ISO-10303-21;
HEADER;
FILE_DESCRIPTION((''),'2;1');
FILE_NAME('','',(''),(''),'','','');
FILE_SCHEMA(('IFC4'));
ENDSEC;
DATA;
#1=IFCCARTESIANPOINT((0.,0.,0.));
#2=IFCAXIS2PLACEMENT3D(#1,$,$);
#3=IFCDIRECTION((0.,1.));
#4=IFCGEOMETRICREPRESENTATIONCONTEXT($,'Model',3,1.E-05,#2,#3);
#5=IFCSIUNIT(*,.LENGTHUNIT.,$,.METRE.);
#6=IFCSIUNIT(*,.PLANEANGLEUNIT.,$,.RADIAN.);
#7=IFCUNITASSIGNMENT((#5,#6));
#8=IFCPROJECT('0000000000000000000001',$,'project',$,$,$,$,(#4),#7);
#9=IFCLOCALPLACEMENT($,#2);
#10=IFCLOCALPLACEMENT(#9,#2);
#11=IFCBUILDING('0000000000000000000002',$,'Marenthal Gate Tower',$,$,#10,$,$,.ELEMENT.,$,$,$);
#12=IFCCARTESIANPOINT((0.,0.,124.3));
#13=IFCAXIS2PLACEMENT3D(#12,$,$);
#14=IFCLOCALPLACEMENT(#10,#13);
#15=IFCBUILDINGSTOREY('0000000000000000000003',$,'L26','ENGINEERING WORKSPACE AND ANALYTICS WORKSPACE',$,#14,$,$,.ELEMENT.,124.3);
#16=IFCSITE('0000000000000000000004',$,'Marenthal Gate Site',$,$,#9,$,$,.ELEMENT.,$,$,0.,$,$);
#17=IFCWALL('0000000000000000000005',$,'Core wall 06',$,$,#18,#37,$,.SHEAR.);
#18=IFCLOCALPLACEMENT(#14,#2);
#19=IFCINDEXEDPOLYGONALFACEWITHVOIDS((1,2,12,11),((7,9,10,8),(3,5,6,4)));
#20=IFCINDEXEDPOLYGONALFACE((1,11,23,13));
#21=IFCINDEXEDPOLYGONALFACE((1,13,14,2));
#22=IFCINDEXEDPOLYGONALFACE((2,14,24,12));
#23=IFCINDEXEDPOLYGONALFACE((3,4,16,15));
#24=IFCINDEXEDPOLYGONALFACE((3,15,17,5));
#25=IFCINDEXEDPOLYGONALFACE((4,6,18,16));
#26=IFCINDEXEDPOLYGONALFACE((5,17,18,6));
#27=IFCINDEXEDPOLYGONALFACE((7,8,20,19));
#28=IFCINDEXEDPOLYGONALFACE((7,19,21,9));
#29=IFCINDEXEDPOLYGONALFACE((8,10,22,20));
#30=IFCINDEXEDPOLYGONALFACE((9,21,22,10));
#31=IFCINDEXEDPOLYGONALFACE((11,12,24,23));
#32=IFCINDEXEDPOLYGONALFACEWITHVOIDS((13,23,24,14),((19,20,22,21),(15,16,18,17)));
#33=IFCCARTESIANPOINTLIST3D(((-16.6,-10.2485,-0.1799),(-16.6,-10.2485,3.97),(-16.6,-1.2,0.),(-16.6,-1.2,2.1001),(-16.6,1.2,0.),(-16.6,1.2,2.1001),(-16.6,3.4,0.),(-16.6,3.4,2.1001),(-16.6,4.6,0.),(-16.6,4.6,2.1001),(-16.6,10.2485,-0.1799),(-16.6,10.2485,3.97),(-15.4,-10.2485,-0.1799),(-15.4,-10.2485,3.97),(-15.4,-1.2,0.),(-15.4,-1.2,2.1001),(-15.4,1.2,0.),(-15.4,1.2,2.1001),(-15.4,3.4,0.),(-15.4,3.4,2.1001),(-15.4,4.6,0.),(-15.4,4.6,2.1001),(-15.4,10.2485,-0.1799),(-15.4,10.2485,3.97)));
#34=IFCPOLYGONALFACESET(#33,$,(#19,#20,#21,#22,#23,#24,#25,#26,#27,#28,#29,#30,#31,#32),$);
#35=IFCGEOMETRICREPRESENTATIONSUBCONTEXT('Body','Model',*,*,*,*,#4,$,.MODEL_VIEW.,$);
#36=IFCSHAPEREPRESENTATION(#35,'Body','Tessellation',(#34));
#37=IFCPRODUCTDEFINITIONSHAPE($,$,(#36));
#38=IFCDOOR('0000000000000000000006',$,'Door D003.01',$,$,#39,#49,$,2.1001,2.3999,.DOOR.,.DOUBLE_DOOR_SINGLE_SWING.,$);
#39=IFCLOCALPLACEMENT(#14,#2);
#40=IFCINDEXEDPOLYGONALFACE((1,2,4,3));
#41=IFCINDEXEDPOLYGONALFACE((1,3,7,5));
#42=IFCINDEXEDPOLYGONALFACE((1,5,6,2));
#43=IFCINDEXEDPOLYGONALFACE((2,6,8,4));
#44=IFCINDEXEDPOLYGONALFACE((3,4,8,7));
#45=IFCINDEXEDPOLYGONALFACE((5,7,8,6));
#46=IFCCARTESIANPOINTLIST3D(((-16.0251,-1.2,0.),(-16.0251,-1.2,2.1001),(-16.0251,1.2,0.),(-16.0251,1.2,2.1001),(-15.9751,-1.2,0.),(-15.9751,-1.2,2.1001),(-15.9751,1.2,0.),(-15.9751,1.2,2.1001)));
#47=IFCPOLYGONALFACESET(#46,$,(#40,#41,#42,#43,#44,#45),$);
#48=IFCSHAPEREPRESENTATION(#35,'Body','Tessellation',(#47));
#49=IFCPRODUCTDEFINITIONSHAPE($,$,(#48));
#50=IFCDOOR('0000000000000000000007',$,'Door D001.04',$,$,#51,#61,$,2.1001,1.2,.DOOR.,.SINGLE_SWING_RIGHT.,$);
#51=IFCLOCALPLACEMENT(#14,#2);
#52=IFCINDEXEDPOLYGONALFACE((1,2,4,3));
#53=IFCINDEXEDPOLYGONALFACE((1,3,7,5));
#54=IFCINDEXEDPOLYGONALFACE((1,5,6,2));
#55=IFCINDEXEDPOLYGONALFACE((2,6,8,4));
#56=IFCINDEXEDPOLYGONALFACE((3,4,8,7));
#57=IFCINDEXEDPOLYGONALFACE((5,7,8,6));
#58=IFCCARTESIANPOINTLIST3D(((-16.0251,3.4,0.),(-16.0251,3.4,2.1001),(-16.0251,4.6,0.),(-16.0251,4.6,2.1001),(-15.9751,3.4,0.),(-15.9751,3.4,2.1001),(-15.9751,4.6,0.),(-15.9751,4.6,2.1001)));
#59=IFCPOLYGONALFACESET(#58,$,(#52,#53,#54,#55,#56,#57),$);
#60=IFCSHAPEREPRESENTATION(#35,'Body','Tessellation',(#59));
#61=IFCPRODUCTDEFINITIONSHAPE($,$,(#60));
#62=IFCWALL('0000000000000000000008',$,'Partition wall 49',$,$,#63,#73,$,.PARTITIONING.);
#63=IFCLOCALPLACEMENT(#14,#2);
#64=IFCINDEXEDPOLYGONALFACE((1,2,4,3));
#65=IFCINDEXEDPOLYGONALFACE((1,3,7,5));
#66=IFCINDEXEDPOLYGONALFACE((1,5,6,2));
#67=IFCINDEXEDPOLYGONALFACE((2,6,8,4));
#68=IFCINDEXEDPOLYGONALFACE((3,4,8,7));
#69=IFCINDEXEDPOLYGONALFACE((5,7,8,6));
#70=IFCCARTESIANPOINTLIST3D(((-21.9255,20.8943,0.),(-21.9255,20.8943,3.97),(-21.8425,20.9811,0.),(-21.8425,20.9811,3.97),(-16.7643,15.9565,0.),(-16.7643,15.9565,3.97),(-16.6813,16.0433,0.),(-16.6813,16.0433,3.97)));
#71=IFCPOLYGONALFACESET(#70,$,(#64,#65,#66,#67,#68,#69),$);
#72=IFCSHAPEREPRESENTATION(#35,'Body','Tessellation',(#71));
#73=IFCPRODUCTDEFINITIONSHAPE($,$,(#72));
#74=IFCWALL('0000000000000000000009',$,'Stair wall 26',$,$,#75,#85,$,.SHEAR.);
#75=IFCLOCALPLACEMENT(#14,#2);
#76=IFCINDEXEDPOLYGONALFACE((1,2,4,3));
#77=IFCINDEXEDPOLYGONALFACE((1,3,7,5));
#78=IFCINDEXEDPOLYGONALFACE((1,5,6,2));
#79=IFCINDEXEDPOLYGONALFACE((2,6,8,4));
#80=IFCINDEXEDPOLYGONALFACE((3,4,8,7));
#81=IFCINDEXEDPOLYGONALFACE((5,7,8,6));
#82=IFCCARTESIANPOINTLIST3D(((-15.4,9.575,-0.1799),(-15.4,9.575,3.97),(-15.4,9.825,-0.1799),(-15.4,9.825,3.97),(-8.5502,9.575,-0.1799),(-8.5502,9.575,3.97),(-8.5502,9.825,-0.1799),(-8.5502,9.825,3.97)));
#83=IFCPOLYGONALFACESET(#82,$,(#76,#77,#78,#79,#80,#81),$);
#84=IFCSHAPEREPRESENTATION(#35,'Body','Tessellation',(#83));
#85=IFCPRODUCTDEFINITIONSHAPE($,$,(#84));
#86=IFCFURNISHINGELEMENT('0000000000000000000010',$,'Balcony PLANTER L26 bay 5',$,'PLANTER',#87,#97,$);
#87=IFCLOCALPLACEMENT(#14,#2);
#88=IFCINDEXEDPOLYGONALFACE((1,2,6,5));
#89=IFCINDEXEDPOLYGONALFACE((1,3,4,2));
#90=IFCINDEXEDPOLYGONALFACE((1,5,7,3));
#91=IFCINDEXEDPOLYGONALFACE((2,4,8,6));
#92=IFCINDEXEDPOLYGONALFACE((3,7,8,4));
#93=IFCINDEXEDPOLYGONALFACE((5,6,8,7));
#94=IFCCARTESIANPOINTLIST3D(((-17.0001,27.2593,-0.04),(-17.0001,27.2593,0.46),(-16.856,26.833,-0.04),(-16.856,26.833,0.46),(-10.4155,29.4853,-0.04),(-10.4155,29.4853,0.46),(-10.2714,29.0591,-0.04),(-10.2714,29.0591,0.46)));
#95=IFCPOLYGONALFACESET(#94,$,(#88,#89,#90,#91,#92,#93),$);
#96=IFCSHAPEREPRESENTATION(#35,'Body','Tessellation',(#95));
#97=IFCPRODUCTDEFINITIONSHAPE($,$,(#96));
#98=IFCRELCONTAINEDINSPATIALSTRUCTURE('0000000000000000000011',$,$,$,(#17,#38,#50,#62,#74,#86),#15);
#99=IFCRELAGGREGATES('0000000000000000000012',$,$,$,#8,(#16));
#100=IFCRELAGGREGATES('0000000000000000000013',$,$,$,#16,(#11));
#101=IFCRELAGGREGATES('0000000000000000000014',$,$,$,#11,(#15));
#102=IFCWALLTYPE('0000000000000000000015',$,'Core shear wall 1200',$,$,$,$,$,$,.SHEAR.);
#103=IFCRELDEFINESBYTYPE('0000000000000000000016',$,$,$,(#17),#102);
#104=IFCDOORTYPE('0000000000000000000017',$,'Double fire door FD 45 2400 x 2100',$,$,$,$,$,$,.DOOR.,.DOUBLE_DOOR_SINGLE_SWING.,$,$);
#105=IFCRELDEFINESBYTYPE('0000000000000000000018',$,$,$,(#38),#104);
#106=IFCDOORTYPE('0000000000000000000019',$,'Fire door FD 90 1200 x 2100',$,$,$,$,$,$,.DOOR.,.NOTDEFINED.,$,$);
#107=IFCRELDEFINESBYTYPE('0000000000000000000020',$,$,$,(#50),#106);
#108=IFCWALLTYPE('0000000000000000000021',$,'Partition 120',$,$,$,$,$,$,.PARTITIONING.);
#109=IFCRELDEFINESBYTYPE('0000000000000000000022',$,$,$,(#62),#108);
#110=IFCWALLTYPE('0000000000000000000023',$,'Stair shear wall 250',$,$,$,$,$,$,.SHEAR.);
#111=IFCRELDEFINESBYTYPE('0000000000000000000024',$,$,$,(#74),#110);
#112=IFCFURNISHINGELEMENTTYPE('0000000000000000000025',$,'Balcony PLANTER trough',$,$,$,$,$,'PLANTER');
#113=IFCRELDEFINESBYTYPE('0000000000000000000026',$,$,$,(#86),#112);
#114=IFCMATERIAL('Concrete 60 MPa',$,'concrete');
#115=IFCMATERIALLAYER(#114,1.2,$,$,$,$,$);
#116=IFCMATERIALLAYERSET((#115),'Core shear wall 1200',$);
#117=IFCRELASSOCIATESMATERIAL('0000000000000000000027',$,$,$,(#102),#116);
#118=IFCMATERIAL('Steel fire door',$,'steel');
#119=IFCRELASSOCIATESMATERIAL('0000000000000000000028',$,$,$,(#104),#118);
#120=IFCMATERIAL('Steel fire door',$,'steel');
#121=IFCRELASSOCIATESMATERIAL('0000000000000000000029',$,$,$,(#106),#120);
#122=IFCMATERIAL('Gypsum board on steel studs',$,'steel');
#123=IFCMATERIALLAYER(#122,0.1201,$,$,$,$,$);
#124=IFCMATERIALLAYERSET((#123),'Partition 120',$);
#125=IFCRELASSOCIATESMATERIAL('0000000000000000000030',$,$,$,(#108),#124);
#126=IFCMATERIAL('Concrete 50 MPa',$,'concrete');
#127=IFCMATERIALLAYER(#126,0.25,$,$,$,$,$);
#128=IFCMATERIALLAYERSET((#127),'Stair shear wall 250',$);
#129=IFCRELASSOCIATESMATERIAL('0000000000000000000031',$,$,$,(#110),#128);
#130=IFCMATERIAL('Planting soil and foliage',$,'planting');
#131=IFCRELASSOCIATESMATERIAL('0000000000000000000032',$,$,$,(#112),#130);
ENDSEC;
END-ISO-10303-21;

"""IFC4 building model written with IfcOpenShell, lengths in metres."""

from ifc_helpers import new_model, si_unit, direction, frame, frame_2d, origin, origin_2d, place, context, subcontext, project, spatial, rectangle, extrude, material, layer, layer_set, type_object, element, fill, save


model = new_model("IFC4")

# Units and contexts
model_context = context("Model", 3, precision=1e-05, world=origin(), true_north=direction((0.0, 1.0)))
body_context = subcontext(model_context, "Body", "Model", "MODEL_VIEW")
ifc_project = project(units=[si_unit("LENGTHUNIT", "METRE"), si_unit("PLANEANGLEUNIT", "RADIAN")], contexts=[model_context])

# Site, building, storey
site_placement = place(None, origin())
site = spatial("IfcSite", under=ifc_project, at=site_placement, Name="Marenthal Gate Site", CompositionType="ELEMENT", RefElevation=0.0)
building_placement = place(site_placement, origin())
building = spatial("IfcBuilding", under=site, at=building_placement, Name="Marenthal Gate Tower", CompositionType="ELEMENT")
storey_placement = place(building_placement, frame((0.0, 0.0, 124.3)))
storey = spatial("IfcBuildingStorey", under=building, at=storey_placement, Name="L26", Description="ENGINEERING WORKSPACE AND ANALYTICS WORKSPACE", CompositionType="ELEMENT", Elevation=124.3)

# Shared definitions
ifc_material_1 = material(Name="Concrete 60 MPa", Category="concrete")
ifc_layer_1 = layer(ifc_material_1, 1.2)
ifc_layer_set_1 = layer_set([ifc_layer_1], Name="Core shear wall 1200")
wall_type_1 = type_object("IfcWallType", Name="Core shear wall 1200", PredefinedType="SHEAR", material=ifc_layer_set_1)

# Wall, openings, doors
wall_1_placement = place(storey_placement, frame((-16.0, 10.2485, -0.1799), z_axis=(0.0, 0.0, 1.0), x_axis=(0.0, -1.0, 0.0)))
wall_1 = element("IfcWall", 1, at=wall_1_placement, inside=storey, type_object=wall_type_1, Name="Core wall 06", PredefinedType="SHEAR", context=body_context, shape_type="SweptSolid", body=[
    extrude(rectangle(XDim=20.4971, YDim=1.2, at=frame_2d((10.2485, 0.0))), origin(), (0.0, 0.0, 1.0), 4.1499),
])
opening_1_placement = place(wall_1_placement, frame((9.0486, 0.0, 0.1799)))
opening_1 = element("IfcOpeningElement", 2, at=opening_1_placement, cuts=wall_1, PredefinedType="OPENING", context=body_context, shape_type="SweptSolid", body=[
    extrude(rectangle(XDim=2.3999, YDim=2.1001, at=frame_2d((1.2, 1.05))), frame((0.0, 0.6099, 0.0), z_axis=(0.0, -1.0, 0.0), x_axis=(1.0, 0.0, 0.0)), (0.0, 0.0, 1.0), 1.22),
])
opening_2_placement = place(wall_1_placement, frame((5.6484, 0.0, 0.1799)))
opening_2 = element("IfcOpeningElement", 3, at=opening_2_placement, cuts=wall_1, PredefinedType="OPENING", context=body_context, shape_type="SweptSolid", body=[
    extrude(rectangle(XDim=1.2, YDim=2.1001, at=frame_2d((0.6001, 1.05))), frame((0.0, 0.6099, 0.0), z_axis=(0.0, -1.0, 0.0), x_axis=(1.0, 0.0, 0.0)), (0.0, 0.0, 1.0), 1.22),
])
ifc_material_2 = material(Name="Steel fire door", Category="steel")
door_type_1 = type_object("IfcDoorType", Name="Double fire door FD 45 2400 x 2100", OperationType="DOUBLE_DOOR_SINGLE_SWING", PredefinedType="DOOR", material=ifc_material_2)
door_1_placement = place(opening_1_placement, origin())
door_1 = element("IfcDoor", 4, at=door_1_placement, inside=storey, type_object=door_type_1, Name="Door D003.01", OperationType="DOUBLE_DOOR_SINGLE_SWING", OverallHeight=2.1001, OverallWidth=2.3999, PredefinedType="DOOR", context=body_context, shape_type="SweptSolid", body=[
    extrude(rectangle(XDim=2.3999, YDim=2.1001, at=frame_2d((1.2, 1.05))), frame((0.0, 0.0249, 0.0), z_axis=(0.0, -1.0, 0.0), x_axis=(1.0, 0.0, 0.0)), (0.0, 0.0, 1.0), 0.05),
])
fill(opening_1, door_1)
ifc_material_3 = material(Name="Steel fire door", Category="steel")
door_type_2 = type_object("IfcDoorType", Name="Fire door FD 90 1200 x 2100", OperationType="NOTDEFINED", PredefinedType="DOOR", material=ifc_material_3)
door_2_placement = place(opening_2_placement, origin())
door_2 = element("IfcDoor", 5, at=door_2_placement, inside=storey, type_object=door_type_2, Name="Door D001.04", OperationType="SINGLE_SWING_RIGHT", OverallHeight=2.1001, OverallWidth=1.2, PredefinedType="DOOR", context=body_context, shape_type="SweptSolid", body=[
    extrude(rectangle(XDim=1.2, YDim=2.1001, at=frame_2d((0.6001, 1.05))), frame((0.0, 0.0249, 0.0), z_axis=(0.0, -1.0, 0.0), x_axis=(1.0, 0.0, 0.0)), (0.0, 0.0, 1.0), 0.05),
])
fill(opening_2, door_2)

# Walls
ifc_material_4 = material(Name="Gypsum board on steel studs", Category="steel")
ifc_layer_2 = layer(ifc_material_4, 0.1201)
ifc_layer_set_2 = layer_set([ifc_layer_2], Name="Partition 120")
wall_type_2 = type_object("IfcWallType", Name="Partition 120", PredefinedType="PARTITIONING", material=ifc_layer_set_2)
wall_2_placement = place(storey_placement, frame((-16.7229, 16.0, 0.0), z_axis=(0.0, 0.0, 1.0), x_axis=(-0.722571, 0.691296, 0.0)))
element("IfcWall", 6, at=wall_2_placement, inside=storey, type_object=wall_type_2, Name="Partition wall 49", PredefinedType="PARTITIONING", context=body_context, shape_type="SweptSolid", body=[
    extrude(rectangle(XDim=7.1428, YDim=0.1201, at=frame_2d((3.5713, 0.0))), origin(), (0.0, 0.0, 1.0), 3.97),
])
ifc_material_5 = material(Name="Concrete 50 MPa", Category="concrete")
ifc_layer_3 = layer(ifc_material_5, 0.25)
ifc_layer_set_3 = layer_set([ifc_layer_3], Name="Stair shear wall 250")
wall_type_3 = type_object("IfcWallType", Name="Stair shear wall 250", PredefinedType="SHEAR", material=ifc_layer_set_3)
wall_3_placement = place(storey_placement, frame((-15.3999, 9.7, -0.1799), z_axis=(0.0, 0.0, 1.0), x_axis=(1.0, 0.0, 0.0)))
element("IfcWall", 7, at=wall_3_placement, inside=storey, type_object=wall_type_3, Name="Stair wall 26", PredefinedType="SHEAR", context=body_context, shape_type="SweptSolid", body=[
    extrude(rectangle(XDim=6.8499, YDim=0.25, at=frame_2d((3.4248, 0.0))), origin(), (0.0, 0.0, 1.0), 4.1499),
])

# Furnishing element
ifc_material_6 = material(Name="Planting soil and foliage", Category="planting")
furnishing_element_type = type_object("IfcFurnishingElementType", Name="Balcony PLANTER trough", ElementType="PLANTER", material=ifc_material_6)
furnishing_placement = place(storey_placement, frame((-13.6357, 28.1592, -0.04), z_axis=(0.0, 0.0, 1.0), x_axis=(-0.947329, -0.320262, 0.0)))
element("IfcFurnishingElement", 8, at=furnishing_placement, inside=storey, type_object=furnishing_element_type, Name="Balcony PLANTER L26 bay 5", ObjectType="PLANTER", context=body_context, shape_type="SweptSolid", body=[
    extrude(rectangle(XDim=6.9507, YDim=0.45, at=origin_2d()), origin(), (0.0, 0.0, 1.0), 0.5),
])

save(model, "model.ifc")
